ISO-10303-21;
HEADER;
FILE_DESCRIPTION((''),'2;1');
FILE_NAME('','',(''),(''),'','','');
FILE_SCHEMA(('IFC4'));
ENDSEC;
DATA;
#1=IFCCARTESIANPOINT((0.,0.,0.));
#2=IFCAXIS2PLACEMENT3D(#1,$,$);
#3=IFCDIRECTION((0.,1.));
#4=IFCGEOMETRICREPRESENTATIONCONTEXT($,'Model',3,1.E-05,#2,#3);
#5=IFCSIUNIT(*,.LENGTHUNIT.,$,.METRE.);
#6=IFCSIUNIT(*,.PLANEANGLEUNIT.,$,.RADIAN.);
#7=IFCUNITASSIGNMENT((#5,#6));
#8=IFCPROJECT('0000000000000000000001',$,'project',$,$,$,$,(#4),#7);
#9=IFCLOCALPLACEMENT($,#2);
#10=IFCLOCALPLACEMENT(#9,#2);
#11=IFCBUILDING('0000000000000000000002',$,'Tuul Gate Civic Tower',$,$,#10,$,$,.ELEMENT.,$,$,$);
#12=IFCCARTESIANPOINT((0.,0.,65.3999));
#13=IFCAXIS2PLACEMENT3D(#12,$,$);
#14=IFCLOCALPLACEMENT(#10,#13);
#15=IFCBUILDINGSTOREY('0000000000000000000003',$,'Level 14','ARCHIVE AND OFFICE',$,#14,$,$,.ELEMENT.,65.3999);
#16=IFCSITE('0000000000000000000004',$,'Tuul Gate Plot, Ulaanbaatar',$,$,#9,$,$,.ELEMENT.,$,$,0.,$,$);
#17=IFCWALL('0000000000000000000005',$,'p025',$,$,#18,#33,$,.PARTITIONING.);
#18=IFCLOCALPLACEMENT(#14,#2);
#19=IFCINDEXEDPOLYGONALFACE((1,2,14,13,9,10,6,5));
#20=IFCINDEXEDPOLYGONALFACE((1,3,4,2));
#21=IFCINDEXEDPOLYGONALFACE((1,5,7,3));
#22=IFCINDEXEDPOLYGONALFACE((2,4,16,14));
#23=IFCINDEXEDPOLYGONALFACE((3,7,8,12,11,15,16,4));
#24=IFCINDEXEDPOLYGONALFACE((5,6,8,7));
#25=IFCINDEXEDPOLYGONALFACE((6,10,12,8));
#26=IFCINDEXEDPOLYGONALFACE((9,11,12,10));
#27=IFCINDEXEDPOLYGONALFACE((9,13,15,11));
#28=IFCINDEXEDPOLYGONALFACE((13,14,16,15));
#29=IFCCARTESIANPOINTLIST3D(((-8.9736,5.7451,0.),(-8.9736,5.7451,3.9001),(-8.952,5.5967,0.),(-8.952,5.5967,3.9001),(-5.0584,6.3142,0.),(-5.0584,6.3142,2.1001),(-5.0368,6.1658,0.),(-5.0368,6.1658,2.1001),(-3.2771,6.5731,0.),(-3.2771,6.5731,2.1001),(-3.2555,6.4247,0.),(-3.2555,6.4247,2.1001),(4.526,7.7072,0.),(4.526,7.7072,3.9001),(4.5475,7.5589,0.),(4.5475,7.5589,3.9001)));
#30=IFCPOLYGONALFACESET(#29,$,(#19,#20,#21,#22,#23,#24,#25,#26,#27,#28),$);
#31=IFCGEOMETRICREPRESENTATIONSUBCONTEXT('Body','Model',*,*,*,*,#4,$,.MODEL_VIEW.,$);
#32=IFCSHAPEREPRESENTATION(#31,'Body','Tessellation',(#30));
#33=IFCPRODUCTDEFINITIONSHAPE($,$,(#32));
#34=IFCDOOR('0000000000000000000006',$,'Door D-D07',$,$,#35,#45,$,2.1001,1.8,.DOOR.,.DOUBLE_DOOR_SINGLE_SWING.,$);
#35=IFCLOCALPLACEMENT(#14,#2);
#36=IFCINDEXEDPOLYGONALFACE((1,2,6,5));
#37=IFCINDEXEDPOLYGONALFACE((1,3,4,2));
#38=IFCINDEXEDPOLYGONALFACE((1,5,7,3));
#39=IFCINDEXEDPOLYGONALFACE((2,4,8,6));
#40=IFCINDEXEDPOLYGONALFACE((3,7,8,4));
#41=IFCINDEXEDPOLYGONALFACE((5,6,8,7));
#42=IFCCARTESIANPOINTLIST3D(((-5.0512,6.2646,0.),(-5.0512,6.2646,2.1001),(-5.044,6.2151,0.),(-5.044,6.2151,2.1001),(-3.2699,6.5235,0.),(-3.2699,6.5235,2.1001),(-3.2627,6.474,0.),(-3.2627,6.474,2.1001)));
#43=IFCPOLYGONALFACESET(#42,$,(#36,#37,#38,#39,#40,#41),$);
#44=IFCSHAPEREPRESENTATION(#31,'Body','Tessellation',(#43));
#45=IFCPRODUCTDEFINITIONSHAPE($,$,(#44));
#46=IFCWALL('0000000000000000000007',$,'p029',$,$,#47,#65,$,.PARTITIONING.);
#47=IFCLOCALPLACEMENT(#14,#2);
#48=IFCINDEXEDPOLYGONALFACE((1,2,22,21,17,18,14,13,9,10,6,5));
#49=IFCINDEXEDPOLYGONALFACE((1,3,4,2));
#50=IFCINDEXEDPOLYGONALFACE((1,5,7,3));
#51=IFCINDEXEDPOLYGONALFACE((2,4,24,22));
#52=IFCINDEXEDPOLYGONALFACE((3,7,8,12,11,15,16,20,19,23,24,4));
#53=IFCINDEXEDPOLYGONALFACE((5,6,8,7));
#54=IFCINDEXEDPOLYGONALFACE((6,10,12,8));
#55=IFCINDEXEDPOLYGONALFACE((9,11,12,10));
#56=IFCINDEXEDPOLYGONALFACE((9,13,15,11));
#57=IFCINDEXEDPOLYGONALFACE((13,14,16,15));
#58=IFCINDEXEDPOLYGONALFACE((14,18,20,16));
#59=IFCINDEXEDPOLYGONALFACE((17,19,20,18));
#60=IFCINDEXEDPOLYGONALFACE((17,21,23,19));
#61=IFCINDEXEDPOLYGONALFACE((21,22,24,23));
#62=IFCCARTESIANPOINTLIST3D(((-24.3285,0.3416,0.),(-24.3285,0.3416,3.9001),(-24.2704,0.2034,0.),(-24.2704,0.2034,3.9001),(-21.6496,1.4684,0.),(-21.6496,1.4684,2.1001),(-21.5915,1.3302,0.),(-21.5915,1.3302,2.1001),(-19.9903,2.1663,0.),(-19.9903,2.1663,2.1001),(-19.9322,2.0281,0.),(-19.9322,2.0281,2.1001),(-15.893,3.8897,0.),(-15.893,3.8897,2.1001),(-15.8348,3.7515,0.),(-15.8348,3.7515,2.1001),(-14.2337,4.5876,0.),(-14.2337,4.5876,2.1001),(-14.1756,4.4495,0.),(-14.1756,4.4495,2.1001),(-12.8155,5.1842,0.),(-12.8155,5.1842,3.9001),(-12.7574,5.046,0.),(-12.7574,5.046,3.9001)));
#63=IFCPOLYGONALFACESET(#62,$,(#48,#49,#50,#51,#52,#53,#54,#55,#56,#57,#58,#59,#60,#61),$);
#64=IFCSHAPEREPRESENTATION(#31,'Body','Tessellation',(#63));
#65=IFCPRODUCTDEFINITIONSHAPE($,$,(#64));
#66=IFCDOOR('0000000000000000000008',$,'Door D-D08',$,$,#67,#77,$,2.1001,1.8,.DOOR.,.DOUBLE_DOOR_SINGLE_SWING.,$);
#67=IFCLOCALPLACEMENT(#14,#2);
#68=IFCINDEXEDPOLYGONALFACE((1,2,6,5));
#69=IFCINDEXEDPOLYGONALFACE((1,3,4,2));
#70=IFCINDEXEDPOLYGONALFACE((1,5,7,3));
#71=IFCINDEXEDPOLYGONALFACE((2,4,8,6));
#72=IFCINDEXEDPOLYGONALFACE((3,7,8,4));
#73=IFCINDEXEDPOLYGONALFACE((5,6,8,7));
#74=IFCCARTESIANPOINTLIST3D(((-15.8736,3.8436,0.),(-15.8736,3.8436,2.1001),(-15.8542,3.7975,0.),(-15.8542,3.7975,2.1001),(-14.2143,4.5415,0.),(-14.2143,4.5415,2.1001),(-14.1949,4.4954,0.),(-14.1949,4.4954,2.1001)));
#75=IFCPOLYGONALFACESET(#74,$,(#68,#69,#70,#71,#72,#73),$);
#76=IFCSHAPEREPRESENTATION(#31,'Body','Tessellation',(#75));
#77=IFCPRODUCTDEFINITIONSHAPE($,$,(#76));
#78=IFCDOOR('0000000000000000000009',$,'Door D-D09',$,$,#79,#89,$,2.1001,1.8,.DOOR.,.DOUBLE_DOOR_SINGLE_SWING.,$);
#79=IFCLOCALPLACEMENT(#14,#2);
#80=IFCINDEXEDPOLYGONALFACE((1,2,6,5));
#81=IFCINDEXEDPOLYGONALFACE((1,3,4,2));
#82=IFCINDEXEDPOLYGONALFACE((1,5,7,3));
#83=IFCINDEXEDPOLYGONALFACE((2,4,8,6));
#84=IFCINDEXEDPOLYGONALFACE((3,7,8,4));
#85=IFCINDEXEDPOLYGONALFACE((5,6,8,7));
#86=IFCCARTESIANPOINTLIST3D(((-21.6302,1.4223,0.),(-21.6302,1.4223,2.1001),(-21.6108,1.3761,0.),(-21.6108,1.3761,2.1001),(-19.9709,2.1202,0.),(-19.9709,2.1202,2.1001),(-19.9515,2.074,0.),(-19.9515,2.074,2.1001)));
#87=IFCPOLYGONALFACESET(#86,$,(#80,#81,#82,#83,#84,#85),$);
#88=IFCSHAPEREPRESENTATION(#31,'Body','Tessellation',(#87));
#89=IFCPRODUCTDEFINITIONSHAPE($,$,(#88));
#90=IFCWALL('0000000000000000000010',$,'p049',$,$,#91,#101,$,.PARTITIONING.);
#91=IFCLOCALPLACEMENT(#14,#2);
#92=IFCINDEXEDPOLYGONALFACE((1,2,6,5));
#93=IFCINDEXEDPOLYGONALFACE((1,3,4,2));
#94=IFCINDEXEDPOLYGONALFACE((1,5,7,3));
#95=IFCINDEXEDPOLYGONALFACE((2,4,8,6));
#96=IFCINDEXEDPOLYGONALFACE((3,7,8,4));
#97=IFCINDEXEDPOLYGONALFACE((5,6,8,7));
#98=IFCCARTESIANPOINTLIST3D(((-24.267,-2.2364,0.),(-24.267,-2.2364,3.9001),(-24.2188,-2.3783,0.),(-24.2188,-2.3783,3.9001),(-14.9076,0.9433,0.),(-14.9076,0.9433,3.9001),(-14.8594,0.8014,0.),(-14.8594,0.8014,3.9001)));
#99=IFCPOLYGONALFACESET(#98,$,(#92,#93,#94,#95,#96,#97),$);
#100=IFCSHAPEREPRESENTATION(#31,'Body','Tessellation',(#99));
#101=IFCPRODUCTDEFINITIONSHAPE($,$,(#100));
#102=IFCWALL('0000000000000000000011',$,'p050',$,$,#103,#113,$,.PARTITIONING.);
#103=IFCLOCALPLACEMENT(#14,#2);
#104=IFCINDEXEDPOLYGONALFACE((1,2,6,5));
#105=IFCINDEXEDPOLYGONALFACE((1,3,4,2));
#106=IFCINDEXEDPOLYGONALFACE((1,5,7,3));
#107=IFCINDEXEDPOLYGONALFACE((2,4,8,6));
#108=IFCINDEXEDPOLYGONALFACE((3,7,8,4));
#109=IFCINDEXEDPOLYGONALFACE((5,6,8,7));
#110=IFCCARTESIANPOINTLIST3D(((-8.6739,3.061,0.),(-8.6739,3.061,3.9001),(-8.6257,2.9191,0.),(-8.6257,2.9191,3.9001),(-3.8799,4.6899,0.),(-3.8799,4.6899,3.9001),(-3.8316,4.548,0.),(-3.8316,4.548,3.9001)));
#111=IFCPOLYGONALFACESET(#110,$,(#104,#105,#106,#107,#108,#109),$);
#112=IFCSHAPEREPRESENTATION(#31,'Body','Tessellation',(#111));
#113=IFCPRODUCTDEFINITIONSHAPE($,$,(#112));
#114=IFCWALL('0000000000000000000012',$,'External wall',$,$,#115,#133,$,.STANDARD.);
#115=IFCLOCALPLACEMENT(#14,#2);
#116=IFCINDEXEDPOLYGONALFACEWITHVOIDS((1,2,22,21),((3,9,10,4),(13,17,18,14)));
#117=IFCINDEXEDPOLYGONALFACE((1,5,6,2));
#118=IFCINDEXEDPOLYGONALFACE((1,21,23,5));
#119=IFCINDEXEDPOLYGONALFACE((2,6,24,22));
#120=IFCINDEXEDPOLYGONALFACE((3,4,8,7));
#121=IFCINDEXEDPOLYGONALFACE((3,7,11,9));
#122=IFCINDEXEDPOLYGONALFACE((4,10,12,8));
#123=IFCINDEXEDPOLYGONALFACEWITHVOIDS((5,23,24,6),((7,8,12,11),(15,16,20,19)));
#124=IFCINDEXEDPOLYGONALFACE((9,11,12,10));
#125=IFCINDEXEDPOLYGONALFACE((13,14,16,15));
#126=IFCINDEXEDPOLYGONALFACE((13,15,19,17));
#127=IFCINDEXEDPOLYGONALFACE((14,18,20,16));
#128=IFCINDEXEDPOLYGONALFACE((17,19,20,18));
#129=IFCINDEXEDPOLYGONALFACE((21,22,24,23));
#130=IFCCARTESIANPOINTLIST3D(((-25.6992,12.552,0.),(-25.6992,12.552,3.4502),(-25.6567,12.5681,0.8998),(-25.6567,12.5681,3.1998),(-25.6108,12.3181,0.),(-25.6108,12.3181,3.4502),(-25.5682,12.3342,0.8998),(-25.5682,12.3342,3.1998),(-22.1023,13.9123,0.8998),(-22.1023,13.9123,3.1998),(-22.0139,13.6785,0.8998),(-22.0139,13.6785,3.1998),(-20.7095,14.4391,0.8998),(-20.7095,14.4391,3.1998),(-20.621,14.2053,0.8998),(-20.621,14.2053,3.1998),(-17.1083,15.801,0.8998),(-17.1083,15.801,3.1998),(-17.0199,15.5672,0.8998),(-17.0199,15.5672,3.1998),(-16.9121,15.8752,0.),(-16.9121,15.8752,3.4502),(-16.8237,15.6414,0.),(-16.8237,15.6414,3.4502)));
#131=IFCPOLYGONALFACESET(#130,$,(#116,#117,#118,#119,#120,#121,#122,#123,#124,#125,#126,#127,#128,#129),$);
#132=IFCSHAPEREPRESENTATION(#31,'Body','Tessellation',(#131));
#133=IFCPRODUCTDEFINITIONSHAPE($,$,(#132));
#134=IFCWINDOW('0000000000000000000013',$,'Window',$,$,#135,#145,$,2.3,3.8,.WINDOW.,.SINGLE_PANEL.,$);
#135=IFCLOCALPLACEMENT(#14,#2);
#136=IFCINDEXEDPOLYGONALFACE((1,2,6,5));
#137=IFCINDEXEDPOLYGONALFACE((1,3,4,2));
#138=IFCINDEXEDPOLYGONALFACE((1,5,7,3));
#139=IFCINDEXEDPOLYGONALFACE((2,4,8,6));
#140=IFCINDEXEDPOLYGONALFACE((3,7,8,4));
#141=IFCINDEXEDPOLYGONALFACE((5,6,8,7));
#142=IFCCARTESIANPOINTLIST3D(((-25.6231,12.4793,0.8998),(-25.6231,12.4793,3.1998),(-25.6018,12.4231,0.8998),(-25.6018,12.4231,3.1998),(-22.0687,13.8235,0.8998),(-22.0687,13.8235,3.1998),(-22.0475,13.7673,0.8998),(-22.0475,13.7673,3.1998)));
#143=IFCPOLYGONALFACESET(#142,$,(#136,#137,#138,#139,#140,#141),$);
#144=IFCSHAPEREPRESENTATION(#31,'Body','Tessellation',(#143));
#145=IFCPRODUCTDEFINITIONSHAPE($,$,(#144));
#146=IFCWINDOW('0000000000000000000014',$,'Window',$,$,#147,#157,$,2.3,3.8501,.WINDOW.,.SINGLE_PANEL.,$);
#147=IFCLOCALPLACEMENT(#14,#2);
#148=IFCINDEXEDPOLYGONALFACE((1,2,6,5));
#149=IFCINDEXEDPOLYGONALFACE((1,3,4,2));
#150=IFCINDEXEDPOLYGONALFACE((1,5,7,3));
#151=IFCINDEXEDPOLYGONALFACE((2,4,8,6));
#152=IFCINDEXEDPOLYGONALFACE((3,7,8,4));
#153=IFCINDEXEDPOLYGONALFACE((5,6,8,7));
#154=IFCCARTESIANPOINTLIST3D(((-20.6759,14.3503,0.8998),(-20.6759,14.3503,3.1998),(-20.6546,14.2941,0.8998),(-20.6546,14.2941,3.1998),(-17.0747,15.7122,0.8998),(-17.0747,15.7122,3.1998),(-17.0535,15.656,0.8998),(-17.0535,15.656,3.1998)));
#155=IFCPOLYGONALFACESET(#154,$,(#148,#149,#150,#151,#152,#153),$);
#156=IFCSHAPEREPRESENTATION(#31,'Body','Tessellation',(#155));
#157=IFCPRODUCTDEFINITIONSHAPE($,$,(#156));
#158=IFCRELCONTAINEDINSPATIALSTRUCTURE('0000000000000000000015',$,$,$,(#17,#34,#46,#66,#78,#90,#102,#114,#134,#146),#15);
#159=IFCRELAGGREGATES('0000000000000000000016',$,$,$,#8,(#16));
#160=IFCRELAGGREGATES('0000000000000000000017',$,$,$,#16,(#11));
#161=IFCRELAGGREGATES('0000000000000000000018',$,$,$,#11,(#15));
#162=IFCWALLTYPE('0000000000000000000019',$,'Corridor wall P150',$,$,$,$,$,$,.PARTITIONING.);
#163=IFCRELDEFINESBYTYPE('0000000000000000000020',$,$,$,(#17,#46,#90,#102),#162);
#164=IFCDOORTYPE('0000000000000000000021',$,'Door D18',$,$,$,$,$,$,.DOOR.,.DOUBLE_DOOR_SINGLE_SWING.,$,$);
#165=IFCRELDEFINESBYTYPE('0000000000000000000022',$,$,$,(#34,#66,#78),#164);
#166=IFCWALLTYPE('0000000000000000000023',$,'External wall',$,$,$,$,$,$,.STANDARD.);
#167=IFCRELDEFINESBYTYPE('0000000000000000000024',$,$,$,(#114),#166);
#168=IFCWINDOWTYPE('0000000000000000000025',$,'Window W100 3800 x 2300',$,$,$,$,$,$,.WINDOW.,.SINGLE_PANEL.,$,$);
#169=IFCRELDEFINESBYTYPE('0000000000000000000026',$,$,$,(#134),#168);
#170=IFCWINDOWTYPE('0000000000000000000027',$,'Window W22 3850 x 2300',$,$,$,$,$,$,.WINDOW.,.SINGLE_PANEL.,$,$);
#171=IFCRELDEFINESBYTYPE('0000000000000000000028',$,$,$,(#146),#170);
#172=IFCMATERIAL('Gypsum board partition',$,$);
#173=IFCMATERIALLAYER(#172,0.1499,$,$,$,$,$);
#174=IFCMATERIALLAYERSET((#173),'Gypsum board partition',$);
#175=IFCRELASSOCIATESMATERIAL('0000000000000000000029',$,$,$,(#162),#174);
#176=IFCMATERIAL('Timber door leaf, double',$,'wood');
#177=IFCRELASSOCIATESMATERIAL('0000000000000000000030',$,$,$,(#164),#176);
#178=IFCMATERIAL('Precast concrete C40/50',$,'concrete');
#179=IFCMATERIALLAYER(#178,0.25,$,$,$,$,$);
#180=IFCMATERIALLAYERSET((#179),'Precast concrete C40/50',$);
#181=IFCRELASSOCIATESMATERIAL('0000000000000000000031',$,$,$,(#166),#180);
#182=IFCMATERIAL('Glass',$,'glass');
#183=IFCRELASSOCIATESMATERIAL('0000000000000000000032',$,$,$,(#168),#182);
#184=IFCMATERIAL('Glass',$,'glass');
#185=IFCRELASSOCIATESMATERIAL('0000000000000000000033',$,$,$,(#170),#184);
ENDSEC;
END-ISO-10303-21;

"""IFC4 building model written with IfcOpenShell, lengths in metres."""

from ifc_helpers import new_model, si_unit, direction, frame, frame_2d, origin, place, context, subcontext, project, spatial, rectangle, extrude, material, layer, layer_set, type_object, element, fill, save


model = new_model("IFC4")

# Units and contexts
model_context = context("Model", 3, precision=1e-05, world=origin(), true_north=direction((0.0, 1.0)))
body_context = subcontext(model_context, "Body", "Model", "MODEL_VIEW")
ifc_project = project(units=[si_unit("LENGTHUNIT", "METRE"), si_unit("PLANEANGLEUNIT", "RADIAN")], contexts=[model_context])

# Site, building, storey
site_placement = place(None, origin())
site = spatial("IfcSite", under=ifc_project, at=site_placement, Name="Tuul Gate Plot, Ulaanbaatar", CompositionType="ELEMENT", RefElevation=0.0)
building_placement = place(site_placement, origin())
building = spatial("IfcBuilding", under=site, at=building_placement, Name="Tuul Gate Civic Tower", CompositionType="ELEMENT")
storey_placement = place(building_placement, frame((0.0, 0.0, 65.3999)))
storey = spatial("IfcBuildingStorey", under=building, at=storey_placement, Name="Level 14", Description="ARCHIVE AND OFFICE", CompositionType="ELEMENT", Elevation=65.3999)

# Shared definitions
ifc_material_1 = material(Name="Gypsum board partition")
ifc_layer_1 = layer(ifc_material_1, 0.1499)
ifc_layer_set_1 = layer_set([ifc_layer_1], Name="Gypsum board partition")
wall_type_1 = type_object("IfcWallType", Name="Corridor wall P150", PredefinedType="PARTITIONING", material=ifc_layer_set_1)

# Wall, opening, door
wall_1_placement = place(storey_placement, frame((-8.9629, 5.6709, 0.0), z_axis=(0.0, 0.0, 1.0), x_axis=(0.989601, 0.143839, 0.0)))
wall_1 = element("IfcWall", 1, at=wall_1_placement, inside=storey, type_object=wall_type_1, Name="p025", PredefinedType="PARTITIONING", context=body_context, shape_type="SweptSolid", body=[
    extrude(rectangle(XDim=13.6414, YDim=0.1499, at=frame_2d((6.8208, 0.0))), origin(), (0.0, 0.0, 1.0), 3.9001),
])
opening_1_placement = place(wall_1_placement, frame((3.9565, 0.0, 0.0)))
opening_1 = element("IfcOpeningElement", 2, at=opening_1_placement, cuts=wall_1, PredefinedType="OPENING", context=body_context, shape_type="SweptSolid", body=[
    extrude(rectangle(XDim=1.8, YDim=2.1001, at=frame_2d((0.8999, 1.05))), frame((0.0, 0.085, 0.0), z_axis=(0.0, -1.0, 0.0), x_axis=(1.0, 0.0, 0.0)), (0.0, 0.0, 1.0), 0.1699),
])
ifc_material_2 = material(Name="Timber door leaf, double", Category="wood")
door_type = type_object("IfcDoorType", Name="Door D18", OperationType="DOUBLE_DOOR_SINGLE_SWING", PredefinedType="DOOR", material=ifc_material_2)
door_1_placement = place(opening_1_placement, origin())
door_1 = element("IfcDoor", 3, at=door_1_placement, inside=storey, type_object=door_type, Name="Door D-D07", OperationType="DOUBLE_DOOR_SINGLE_SWING", OverallHeight=2.1001, OverallWidth=1.8, PredefinedType="DOOR", context=body_context, shape_type="SweptSolid", body=[
    extrude(rectangle(XDim=1.8, YDim=2.1001, at=frame_2d((0.8999, 1.05))), frame((0.0, 0.0249, 0.0), z_axis=(0.0, -1.0, 0.0), x_axis=(1.0, 0.0, 0.0)), (0.0, 0.0, 1.0), 0.05),
])
fill(opening_1, door_1)

# Wall, openings, doors
wall_2_placement = place(storey_placement, frame((-24.2996, 0.2725, 0.0), z_axis=(0.0, 0.0, 1.0), x_axis=(0.921779, 0.387715, 0.0)))
wall_2 = element("IfcWall", 4, at=wall_2_placement, inside=storey, type_object=wall_type_1, Name="p029", PredefinedType="PARTITIONING", context=body_context, shape_type="SweptSolid", body=[
    extrude(rectangle(XDim=12.49, YDim=0.1499, at=frame_2d((6.2451, 0.0))), origin(), (0.0, 0.0, 1.0), 3.9001),
])
opening_2_placement = place(wall_2_placement, frame((9.1516, 0.0, 0.0)))
opening_2 = element("IfcOpeningElement", 5, at=opening_2_placement, cuts=wall_2, PredefinedType="OPENING", context=body_context, shape_type="SweptSolid", body=[
    extrude(rectangle(XDim=1.8, YDim=2.1001, at=frame_2d((0.8999, 1.05))), frame((0.0, 0.085, 0.0), z_axis=(0.0, -1.0, 0.0), x_axis=(1.0, 0.0, 0.0)), (0.0, 0.0, 1.0), 0.1699),
])
opening_3_placement = place(wall_2_placement, frame((2.9065, 0.0, 0.0)))
opening_3 = element("IfcOpeningElement", 6, at=opening_3_placement, cuts=wall_2, PredefinedType="OPENING", context=body_context, shape_type="SweptSolid", body=[
    extrude(rectangle(XDim=1.8, YDim=2.1001, at=frame_2d((0.8999, 1.05))), frame((0.0, 0.085, 0.0), z_axis=(0.0, -1.0, 0.0), x_axis=(1.0, 0.0, 0.0)), (0.0, 0.0, 1.0), 0.1699),
])
door_2_placement = place(opening_2_placement, origin())
door_2 = element("IfcDoor", 7, at=door_2_placement, inside=storey, type_object=door_type, Name="Door D-D08", OperationType="DOUBLE_DOOR_SINGLE_SWING", OverallHeight=2.1001, OverallWidth=1.8, PredefinedType="DOOR", context=body_context, shape_type="SweptSolid", body=[
    extrude(rectangle(XDim=1.8, YDim=2.1001, at=frame_2d((0.8999, 1.05))), frame((0.0, 0.0249, 0.0), z_axis=(0.0, -1.0, 0.0), x_axis=(1.0, 0.0, 0.0)), (0.0, 0.0, 1.0), 0.05),
])
fill(opening_2, door_2)
door_3_placement = place(opening_3_placement, origin())
door_3 = element("IfcDoor", 8, at=door_3_placement, inside=storey, type_object=door_type, Name="Door D-D09", OperationType="DOUBLE_DOOR_SINGLE_SWING", OverallHeight=2.1001, OverallWidth=1.8, PredefinedType="DOOR", context=body_context, shape_type="SweptSolid", body=[
    extrude(rectangle(XDim=1.8, YDim=2.1001, at=frame_2d((0.8999, 1.05))), frame((0.0, 0.0249, 0.0), z_axis=(0.0, -1.0, 0.0), x_axis=(1.0, 0.0, 0.0)), (0.0, 0.0, 1.0), 0.05),
])
fill(opening_3, door_3)

# Walls
wall_3_placement = place(storey_placement, frame((-24.2429, -2.3074, 0.0), z_axis=(0.0, 0.0, 1.0), x_axis=(0.94685, 0.321676, 0.0)))
element("IfcWall", 9, at=wall_3_placement, inside=storey, type_object=wall_type_1, Name="p049", PredefinedType="PARTITIONING", context=body_context, shape_type="SweptSolid", body=[
    extrude(rectangle(XDim=9.8848, YDim=0.1499, at=frame_2d((4.9424, 0.0))), origin(), (0.0, 0.0, 1.0), 3.9001),
])
wall_4_placement = place(storey_placement, frame((-8.6499, 2.99, 0.0), z_axis=(0.0, 0.0, 1.0), x_axis=(0.946835, 0.321719, 0.0)))
element("IfcWall", 10, at=wall_4_placement, inside=storey, type_object=wall_type_1, Name="p050", PredefinedType="PARTITIONING", context=body_context, shape_type="SweptSolid", body=[
    extrude(rectangle(XDim=5.0632, YDim=0.1499, at=frame_2d((2.5317, 0.0))), origin(), (0.0, 0.0, 1.0), 3.9001),
])

# Wall, openings, windows
ifc_material_3 = material(Name="Precast concrete C40/50", Category="concrete")
ifc_layer_2 = layer(ifc_material_3, 0.25)
ifc_layer_set_2 = layer_set([ifc_layer_2], Name="Precast concrete C40/50")
wall_type_2 = type_object("IfcWallType", Name="External wall", PredefinedType="STANDARD", material=ifc_layer_set_2)
wall_5_placement = place(storey_placement, frame((-16.8679, 15.7583, 0.0), z_axis=(0.0, 0.0, 1.0), x_axis=(-0.935343, -0.353742, 0.0)))
wall_5 = element("IfcWall", 11, at=wall_5_placement, inside=storey, type_object=wall_type_2, Name="External wall", PredefinedType="STANDARD", context=body_context, shape_type="SweptSolid", body=[
    extrude(rectangle(XDim=9.3945, YDim=0.25, at=frame_2d((4.6973, 0.0))), origin(), (0.0, 0.0, 1.0), 3.4502),
])
opening_4_placement = place(wall_5_placement, frame((0.2097, 0.0, 0.8999)))
opening_4 = element("IfcOpeningElement", 12, at=opening_4_placement, cuts=wall_5, PredefinedType="OPENING", context=body_context, shape_type="SweptSolid", body=[
    extrude(rectangle(XDim=3.8501, YDim=2.3, at=frame_2d((1.925, 1.1499))), frame((0.0, 0.135, 0.0), z_axis=(0.0, -1.0, 0.0), x_axis=(1.0, 0.0, 0.0)), (0.0, 0.0, 1.0), 0.27),
])
opening_5_placement = place(wall_5_placement, frame((5.5491, 0.0, 0.8999)))
opening_5 = element("IfcOpeningElement", 13, at=opening_5_placement, cuts=wall_5, PredefinedType="OPENING", context=body_context, shape_type="SweptSolid", body=[
    extrude(rectangle(XDim=3.8, YDim=2.3, at=frame_2d((1.8999, 1.1499))), frame((0.0, 0.135, 0.0), z_axis=(0.0, -1.0, 0.0), x_axis=(1.0, 0.0, 0.0)), (0.0, 0.0, 1.0), 0.27),
])
ifc_material_4 = material(Name="Glass", Category="glass")
window_type_1 = type_object("IfcWindowType", Name="Window W100 3800 x 2300", PartitioningType="SINGLE_PANEL", PredefinedType="WINDOW", material=ifc_material_4)
window_1_placement = place(opening_5_placement, origin())
window_1 = element("IfcWindow", 14, at=window_1_placement, inside=storey, type_object=window_type_1, Name="Window", OverallHeight=2.3, OverallWidth=3.8, PartitioningType="SINGLE_PANEL", PredefinedType="WINDOW", context=body_context, shape_type="SweptSolid", body=[
    extrude(rectangle(XDim=3.8, YDim=2.3, at=frame_2d((1.8999, 1.1499))), frame((0.0, 0.03, 0.0), z_axis=(0.0, -1.0, 0.0), x_axis=(1.0, 0.0, 0.0)), (0.0, 0.0, 1.0), 0.0601),
])
fill(opening_5, window_1)
ifc_material_5 = material(Name="Glass", Category="glass")
window_type_2 = type_object("IfcWindowType", Name="Window W22 3850 x 2300", PartitioningType="SINGLE_PANEL", PredefinedType="WINDOW", material=ifc_material_5)
window_2_placement = place(opening_4_placement, origin())
window_2 = element("IfcWindow", 15, at=window_2_placement, inside=storey, type_object=window_type_2, Name="Window", OverallHeight=2.3, OverallWidth=3.8501, PartitioningType="SINGLE_PANEL", PredefinedType="WINDOW", context=body_context, shape_type="SweptSolid", body=[
    extrude(rectangle(XDim=3.8501, YDim=2.3, at=frame_2d((1.925, 1.1499))), frame((0.0, 0.03, 0.0), z_axis=(0.0, -1.0, 0.0), x_axis=(1.0, 0.0, 0.0)), (0.0, 0.0, 1.0), 0.0601),
])
fill(opening_4, window_2)

save(model, "model.ifc")
